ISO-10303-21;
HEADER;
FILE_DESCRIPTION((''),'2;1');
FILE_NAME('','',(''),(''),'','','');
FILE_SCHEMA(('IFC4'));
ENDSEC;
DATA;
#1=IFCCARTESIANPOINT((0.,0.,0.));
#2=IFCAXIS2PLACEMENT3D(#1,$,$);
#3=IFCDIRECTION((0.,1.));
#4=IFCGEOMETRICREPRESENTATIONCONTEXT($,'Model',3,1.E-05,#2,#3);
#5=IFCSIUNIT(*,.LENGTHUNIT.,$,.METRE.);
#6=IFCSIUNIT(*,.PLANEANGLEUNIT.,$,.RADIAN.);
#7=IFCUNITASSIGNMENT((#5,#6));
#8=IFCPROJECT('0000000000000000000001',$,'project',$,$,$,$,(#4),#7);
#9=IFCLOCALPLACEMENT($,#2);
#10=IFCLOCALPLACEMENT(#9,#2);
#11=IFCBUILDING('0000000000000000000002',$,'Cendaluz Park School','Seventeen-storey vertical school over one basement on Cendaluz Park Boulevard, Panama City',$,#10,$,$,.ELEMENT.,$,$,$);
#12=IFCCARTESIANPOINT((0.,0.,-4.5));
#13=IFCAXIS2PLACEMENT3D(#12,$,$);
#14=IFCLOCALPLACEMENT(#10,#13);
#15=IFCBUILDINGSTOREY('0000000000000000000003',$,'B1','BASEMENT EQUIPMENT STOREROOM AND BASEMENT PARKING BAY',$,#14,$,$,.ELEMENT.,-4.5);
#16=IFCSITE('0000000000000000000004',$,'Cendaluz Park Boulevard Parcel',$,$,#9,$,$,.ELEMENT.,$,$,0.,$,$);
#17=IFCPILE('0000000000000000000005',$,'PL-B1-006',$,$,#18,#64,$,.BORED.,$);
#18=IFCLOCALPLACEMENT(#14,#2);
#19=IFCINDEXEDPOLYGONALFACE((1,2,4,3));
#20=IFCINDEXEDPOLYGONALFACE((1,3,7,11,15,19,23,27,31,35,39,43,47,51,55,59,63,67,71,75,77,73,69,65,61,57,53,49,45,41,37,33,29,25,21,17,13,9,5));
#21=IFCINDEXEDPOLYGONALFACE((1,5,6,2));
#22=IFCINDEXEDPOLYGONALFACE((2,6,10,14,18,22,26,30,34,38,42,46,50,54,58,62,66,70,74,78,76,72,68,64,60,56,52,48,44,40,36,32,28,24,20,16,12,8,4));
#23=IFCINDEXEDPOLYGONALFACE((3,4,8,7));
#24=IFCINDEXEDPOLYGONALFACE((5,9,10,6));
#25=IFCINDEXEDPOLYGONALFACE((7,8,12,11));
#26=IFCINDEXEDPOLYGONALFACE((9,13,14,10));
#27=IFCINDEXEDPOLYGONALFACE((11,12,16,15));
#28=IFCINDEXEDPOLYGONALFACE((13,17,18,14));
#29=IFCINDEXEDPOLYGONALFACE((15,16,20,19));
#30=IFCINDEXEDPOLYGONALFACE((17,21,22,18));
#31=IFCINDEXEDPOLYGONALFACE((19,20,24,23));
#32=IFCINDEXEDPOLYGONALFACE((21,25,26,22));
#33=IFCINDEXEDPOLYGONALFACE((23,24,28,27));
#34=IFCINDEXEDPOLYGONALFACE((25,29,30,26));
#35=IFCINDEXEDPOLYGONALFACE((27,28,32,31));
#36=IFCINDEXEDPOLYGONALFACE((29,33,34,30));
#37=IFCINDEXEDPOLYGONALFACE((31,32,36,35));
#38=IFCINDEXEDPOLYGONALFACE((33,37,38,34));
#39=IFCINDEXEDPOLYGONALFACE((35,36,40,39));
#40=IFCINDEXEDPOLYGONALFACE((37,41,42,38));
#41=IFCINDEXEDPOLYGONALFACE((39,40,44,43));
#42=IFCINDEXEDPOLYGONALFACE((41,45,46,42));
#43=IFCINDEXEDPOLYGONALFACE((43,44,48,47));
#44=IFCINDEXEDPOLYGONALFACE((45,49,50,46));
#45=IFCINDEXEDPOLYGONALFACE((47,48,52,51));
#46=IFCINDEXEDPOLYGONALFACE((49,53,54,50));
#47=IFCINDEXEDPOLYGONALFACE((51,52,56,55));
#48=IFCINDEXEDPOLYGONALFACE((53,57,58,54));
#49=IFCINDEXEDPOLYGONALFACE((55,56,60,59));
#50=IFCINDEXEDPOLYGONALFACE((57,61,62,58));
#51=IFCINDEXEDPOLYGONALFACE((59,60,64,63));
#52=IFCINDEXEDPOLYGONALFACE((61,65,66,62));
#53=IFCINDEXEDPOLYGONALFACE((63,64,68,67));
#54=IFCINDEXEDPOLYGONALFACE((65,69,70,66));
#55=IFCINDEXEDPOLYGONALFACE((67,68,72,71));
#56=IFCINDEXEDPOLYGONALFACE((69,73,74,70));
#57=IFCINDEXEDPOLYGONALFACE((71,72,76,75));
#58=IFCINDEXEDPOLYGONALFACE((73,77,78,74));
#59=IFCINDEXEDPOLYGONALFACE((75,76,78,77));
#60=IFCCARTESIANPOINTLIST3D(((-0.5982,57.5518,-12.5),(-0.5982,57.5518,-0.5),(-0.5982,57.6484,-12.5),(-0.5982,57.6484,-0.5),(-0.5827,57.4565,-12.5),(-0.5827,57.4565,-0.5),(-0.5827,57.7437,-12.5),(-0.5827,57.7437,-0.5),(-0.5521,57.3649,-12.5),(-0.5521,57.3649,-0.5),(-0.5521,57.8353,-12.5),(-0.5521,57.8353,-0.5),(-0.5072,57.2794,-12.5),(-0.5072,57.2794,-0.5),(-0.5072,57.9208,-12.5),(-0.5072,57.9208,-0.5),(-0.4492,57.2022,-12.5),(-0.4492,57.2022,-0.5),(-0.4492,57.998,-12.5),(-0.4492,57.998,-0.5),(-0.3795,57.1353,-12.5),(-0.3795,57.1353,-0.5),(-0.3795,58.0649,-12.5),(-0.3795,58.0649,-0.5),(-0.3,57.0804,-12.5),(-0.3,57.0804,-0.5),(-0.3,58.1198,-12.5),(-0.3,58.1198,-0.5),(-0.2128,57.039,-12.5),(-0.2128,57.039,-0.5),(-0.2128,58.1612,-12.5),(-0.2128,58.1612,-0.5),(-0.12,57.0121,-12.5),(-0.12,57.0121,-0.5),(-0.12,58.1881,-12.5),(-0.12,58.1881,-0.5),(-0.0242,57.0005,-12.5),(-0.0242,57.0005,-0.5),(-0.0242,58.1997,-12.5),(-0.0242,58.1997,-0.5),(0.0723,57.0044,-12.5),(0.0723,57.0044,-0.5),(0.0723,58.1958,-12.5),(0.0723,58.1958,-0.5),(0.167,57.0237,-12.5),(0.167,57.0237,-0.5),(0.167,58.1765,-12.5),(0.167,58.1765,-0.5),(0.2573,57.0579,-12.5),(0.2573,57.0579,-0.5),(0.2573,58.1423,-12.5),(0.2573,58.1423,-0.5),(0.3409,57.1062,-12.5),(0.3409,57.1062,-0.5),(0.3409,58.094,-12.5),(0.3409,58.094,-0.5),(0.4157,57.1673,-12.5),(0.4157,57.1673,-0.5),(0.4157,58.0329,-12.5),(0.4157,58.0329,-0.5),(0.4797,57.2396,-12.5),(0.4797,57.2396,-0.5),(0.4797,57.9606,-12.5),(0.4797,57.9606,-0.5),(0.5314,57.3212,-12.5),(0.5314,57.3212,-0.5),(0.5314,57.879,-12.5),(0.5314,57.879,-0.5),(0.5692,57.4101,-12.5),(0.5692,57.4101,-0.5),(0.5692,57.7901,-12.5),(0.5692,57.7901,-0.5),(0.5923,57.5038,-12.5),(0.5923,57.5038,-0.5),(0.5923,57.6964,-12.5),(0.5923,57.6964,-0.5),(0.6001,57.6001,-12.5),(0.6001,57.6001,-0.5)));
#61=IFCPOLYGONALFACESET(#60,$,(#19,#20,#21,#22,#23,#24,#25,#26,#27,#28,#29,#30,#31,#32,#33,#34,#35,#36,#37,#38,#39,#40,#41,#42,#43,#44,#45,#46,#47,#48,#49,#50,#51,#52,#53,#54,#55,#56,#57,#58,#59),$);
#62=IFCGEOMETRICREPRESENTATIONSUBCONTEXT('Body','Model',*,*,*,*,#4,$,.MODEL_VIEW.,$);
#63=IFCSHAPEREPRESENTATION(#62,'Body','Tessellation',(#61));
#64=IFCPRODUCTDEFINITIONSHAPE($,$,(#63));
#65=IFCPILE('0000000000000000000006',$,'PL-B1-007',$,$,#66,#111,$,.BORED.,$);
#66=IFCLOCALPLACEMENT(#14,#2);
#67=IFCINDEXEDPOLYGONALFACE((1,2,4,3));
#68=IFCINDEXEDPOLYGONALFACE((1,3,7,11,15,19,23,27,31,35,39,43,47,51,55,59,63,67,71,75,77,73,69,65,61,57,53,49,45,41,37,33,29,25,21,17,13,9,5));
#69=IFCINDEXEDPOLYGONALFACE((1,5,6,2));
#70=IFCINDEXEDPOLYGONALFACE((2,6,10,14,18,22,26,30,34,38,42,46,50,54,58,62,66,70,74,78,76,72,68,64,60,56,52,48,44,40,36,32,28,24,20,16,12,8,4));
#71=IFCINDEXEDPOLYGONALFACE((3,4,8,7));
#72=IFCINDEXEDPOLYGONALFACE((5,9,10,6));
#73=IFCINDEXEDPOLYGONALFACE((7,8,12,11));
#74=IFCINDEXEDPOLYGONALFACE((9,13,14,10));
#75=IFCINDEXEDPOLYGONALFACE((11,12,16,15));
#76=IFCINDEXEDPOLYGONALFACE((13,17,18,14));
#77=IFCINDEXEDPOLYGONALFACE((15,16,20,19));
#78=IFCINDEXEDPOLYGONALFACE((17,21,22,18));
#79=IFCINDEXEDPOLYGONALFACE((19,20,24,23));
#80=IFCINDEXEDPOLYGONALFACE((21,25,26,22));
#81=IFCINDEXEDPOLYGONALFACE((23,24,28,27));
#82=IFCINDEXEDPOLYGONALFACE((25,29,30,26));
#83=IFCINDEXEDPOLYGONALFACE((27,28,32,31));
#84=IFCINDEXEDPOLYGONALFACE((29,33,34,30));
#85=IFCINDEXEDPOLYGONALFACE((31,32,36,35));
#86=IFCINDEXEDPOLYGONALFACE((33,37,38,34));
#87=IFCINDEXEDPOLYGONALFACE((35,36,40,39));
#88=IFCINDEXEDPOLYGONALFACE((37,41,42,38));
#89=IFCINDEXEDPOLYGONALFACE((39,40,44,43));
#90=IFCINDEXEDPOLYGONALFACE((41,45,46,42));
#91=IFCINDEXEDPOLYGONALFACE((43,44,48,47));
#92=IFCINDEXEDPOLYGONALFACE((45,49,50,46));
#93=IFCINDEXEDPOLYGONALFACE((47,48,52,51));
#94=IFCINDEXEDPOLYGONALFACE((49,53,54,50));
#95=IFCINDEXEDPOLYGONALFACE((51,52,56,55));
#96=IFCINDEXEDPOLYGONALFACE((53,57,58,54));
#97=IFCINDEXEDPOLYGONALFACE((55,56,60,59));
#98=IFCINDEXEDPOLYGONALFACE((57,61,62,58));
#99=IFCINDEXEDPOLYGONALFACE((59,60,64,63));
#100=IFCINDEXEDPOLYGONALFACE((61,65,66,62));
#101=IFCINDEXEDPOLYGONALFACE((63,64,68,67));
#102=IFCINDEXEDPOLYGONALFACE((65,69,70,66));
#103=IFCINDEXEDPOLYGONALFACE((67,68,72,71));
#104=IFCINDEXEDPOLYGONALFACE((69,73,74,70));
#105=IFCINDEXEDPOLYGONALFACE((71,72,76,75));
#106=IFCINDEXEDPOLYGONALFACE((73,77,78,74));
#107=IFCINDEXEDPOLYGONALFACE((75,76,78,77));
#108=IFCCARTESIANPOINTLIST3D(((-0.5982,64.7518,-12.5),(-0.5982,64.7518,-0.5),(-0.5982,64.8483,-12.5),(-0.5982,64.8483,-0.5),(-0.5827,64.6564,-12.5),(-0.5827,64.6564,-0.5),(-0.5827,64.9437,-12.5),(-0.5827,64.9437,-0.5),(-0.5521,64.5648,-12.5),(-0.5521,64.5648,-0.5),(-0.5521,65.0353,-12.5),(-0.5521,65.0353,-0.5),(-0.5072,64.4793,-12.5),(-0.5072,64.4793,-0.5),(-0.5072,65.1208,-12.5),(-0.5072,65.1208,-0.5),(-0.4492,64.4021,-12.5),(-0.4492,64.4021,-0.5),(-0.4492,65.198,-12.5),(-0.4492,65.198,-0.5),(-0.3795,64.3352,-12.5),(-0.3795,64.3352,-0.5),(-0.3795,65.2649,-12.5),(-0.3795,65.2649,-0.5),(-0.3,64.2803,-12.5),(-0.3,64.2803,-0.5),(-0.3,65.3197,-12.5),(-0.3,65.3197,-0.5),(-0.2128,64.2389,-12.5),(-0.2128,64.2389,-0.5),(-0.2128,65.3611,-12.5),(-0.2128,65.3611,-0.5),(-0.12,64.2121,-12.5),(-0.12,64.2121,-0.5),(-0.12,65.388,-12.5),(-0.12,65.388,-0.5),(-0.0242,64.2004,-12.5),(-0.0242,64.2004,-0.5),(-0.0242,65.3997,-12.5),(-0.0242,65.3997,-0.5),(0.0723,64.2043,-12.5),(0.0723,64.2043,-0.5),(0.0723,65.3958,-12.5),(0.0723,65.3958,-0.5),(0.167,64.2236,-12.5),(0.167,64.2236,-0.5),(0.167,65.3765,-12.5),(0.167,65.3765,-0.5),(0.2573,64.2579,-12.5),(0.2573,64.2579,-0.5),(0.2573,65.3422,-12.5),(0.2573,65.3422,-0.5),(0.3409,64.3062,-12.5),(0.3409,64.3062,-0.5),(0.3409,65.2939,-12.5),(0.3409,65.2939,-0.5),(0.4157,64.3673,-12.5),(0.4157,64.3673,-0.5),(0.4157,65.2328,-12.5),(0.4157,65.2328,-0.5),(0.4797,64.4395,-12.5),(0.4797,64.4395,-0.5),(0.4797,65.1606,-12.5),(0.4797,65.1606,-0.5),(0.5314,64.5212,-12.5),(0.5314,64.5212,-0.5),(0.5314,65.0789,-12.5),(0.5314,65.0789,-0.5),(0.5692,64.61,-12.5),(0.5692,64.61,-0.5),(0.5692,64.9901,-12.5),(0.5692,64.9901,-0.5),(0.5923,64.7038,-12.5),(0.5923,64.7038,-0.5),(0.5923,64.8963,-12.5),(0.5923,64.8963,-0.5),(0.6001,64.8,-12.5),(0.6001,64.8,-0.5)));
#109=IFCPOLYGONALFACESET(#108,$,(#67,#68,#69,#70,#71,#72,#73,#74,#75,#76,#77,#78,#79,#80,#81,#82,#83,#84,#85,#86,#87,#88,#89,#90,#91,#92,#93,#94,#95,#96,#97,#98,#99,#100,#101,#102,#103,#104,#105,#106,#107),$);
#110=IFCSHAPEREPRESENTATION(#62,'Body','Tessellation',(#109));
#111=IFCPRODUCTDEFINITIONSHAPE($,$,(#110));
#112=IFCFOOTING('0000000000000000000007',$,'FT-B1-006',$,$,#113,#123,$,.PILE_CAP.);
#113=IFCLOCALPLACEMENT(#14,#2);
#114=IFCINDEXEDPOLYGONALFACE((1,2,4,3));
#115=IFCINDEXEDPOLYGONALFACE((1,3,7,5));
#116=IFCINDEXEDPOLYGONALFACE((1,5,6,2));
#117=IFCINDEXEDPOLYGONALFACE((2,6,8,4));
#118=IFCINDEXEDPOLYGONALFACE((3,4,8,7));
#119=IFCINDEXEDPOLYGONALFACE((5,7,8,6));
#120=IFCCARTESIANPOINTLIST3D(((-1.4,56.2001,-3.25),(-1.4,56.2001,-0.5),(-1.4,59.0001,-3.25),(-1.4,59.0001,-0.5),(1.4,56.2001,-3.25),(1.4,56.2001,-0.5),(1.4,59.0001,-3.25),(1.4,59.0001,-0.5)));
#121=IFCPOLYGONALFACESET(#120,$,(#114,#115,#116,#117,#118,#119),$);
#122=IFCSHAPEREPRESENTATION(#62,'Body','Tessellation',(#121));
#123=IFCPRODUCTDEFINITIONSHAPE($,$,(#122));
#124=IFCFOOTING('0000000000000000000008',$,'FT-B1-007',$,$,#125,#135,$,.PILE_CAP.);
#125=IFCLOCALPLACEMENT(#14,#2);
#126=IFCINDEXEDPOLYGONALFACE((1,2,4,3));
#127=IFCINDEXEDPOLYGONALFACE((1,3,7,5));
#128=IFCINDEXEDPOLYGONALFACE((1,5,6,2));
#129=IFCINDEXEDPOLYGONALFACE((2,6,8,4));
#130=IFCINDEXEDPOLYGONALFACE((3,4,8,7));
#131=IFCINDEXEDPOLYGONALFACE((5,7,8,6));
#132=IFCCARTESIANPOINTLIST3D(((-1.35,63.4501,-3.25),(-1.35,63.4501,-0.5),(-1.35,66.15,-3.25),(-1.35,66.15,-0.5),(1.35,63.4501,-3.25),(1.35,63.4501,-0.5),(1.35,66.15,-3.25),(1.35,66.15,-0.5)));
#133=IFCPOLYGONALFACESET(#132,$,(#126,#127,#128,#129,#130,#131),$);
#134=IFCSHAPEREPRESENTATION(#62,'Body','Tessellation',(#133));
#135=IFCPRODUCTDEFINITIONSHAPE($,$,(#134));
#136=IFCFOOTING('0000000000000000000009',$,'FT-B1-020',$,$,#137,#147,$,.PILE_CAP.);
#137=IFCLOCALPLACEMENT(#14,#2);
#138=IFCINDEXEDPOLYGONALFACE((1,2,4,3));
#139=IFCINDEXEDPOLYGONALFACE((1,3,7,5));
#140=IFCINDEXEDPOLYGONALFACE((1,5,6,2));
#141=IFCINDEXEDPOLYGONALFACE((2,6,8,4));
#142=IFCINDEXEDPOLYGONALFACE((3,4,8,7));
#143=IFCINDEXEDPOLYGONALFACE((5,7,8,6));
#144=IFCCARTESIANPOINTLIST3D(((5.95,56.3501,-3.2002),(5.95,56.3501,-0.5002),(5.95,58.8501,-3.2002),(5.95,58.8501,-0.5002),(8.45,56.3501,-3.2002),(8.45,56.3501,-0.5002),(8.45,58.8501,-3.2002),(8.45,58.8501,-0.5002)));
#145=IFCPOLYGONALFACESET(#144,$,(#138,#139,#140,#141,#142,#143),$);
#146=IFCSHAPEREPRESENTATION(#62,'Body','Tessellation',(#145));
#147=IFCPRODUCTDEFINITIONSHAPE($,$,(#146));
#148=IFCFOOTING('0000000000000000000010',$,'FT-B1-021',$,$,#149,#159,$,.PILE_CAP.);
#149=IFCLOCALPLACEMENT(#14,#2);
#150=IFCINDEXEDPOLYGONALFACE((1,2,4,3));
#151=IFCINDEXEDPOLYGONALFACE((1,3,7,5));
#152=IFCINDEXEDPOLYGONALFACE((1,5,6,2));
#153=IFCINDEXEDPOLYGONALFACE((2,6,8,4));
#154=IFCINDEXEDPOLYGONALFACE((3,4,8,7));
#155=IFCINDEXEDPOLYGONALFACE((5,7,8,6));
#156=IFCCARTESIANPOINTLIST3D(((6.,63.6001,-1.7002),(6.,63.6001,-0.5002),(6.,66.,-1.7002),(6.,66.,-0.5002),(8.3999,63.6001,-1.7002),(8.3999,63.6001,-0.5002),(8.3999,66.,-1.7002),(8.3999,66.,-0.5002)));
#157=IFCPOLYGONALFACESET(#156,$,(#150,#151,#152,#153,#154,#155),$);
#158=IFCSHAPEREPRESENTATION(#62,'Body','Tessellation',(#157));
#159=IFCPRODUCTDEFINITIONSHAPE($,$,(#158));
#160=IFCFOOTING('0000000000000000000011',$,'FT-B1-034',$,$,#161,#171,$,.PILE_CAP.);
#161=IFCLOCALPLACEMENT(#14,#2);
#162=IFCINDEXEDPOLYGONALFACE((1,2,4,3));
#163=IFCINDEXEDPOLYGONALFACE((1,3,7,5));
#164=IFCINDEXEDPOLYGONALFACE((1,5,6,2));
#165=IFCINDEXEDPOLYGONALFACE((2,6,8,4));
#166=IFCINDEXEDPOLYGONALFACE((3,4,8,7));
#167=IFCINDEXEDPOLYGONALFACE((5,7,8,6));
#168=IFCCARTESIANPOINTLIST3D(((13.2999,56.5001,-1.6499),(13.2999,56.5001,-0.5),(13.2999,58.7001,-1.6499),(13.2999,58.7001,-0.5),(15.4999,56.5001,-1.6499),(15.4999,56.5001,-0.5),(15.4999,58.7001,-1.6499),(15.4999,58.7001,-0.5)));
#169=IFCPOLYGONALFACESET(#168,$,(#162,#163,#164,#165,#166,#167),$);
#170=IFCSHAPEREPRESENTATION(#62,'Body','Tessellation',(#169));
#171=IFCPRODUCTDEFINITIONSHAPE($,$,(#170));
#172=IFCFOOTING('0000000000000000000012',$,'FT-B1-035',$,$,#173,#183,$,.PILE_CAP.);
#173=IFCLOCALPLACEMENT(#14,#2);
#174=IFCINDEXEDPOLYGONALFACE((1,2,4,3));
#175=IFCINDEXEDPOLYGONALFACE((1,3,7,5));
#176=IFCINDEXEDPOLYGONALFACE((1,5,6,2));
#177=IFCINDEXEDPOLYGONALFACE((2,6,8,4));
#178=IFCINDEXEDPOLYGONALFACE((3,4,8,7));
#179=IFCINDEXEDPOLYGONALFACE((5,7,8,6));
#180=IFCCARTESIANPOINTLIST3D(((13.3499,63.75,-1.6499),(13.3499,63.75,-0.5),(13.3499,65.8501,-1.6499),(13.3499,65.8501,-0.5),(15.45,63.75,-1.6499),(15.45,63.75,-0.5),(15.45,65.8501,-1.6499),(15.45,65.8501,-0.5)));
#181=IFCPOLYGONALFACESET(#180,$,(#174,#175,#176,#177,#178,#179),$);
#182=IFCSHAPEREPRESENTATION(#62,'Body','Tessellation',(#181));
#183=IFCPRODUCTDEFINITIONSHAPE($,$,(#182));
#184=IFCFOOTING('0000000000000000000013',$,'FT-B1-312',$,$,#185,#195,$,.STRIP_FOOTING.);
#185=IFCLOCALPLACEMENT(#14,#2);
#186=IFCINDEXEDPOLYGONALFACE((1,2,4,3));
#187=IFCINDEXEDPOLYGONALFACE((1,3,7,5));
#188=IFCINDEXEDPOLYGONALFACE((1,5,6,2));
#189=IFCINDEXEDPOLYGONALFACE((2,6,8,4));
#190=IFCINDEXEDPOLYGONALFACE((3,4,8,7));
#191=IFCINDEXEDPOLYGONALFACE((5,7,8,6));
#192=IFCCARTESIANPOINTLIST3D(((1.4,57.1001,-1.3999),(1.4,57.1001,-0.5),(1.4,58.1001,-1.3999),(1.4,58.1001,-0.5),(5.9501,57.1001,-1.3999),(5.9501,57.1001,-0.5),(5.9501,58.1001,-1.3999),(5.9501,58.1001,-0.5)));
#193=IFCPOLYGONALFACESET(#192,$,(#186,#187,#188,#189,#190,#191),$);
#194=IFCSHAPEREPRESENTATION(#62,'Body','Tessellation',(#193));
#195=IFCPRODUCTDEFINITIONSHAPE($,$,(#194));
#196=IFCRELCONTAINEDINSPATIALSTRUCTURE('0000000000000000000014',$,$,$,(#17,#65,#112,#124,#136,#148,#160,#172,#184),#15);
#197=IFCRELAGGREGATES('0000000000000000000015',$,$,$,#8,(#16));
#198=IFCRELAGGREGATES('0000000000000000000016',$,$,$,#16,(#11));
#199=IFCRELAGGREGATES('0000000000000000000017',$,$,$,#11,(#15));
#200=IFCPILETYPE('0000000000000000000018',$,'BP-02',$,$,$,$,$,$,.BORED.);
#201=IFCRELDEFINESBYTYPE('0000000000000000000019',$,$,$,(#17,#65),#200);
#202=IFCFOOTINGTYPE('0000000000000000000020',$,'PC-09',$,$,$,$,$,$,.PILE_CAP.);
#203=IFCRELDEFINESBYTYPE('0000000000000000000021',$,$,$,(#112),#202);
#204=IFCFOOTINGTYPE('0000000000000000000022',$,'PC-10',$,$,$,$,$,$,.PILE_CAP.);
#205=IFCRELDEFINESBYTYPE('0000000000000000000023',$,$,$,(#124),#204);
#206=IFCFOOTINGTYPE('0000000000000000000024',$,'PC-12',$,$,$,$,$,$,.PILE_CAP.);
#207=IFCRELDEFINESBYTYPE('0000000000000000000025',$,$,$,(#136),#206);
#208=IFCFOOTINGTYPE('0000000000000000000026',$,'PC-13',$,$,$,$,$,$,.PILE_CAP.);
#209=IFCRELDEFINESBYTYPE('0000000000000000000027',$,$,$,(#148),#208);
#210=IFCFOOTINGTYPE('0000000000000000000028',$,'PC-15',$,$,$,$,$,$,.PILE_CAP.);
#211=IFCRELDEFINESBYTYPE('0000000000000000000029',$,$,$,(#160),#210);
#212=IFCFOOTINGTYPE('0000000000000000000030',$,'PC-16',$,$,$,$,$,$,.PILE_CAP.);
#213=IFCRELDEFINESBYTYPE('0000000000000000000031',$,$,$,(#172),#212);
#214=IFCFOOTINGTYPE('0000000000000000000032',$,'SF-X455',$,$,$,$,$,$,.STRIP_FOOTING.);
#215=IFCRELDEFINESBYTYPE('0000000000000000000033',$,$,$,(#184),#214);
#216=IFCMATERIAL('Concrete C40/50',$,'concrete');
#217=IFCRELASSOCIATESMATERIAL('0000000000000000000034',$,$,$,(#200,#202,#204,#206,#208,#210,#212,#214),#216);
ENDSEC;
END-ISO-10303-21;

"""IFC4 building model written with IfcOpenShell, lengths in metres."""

from ifc_helpers import new_model, si_unit, direction, frame, origin, origin_2d, place, context, subcontext, project, spatial, rectangle, circle, extrude, material, material_profile, profile_set, type_object, element, save


model = new_model("IFC4")

# Units and contexts
model_context = context("Model", 3, precision=1e-05, world=origin(), true_north=direction((0.0, 1.0)))
body_context = subcontext(model_context, "Body", "Model", "MODEL_VIEW")
ifc_project = project(units=[si_unit("LENGTHUNIT", "METRE"), si_unit("PLANEANGLEUNIT", "RADIAN")], contexts=[model_context])

# Site, building, storey
site_placement = place(None, origin())
site = spatial("IfcSite", under=ifc_project, at=site_placement, Name="Cendaluz Park Boulevard Parcel", CompositionType="ELEMENT", RefElevation=0.0)
building_placement = place(site_placement, origin())
building = spatial("IfcBuilding", under=site, at=building_placement, Name="Cendaluz Park School", Description="Seventeen-storey vertical school over one basement on Cendaluz Park Boulevard, Panama City", CompositionType="ELEMENT")
storey_placement = place(building_placement, frame((0.0, 0.0, -4.5)))
storey = spatial("IfcBuildingStorey", under=building, at=storey_placement, Name="B1", Description="BASEMENT EQUIPMENT STOREROOM AND BASEMENT PARKING BAY", CompositionType="ELEMENT", Elevation=-4.5)

# Piles
ifc_material_1 = material(Name="Concrete C40/50", Category="concrete")
ifc_material_profile_1 = material_profile(ifc_material_1, circle(Radius=0.6001, at=origin_2d()), Name="BP D1200", Category="concrete")
ifc_profile_set_1 = profile_set([ifc_material_profile_1], Name="Concrete C40/50")
pile_type_1 = type_object("IfcPileType", Name="BP-02", PredefinedType="BORED", material=ifc_profile_set_1)
for number, where, z_axis, x_axis, name in (
    (1, (0.0, 57.6001, -0.5), (0.0, 0.0, -1.0), (1.0, 0.0, 0.0), "PL-B1-006"),
    (2, (0.0, 64.8, -0.5), (0.0, 0.0, -1.0), (1.0, 0.0, 0.0), "PL-B1-007"),
):
    element("IfcPile", number, at=place(storey_placement, frame(where, z_axis=z_axis, x_axis=x_axis)), inside=storey, type_object=pile_type_1, Name=name, PredefinedType="BORED", context=body_context, shape_type="SweptSolid", body=[
        extrude(circle(Radius=0.6001, at=origin_2d()), origin(), (0.0, 0.0, 1.0), 12.0),
    ])

# Footings
footing_type_1 = type_object("IfcFootingType", Name="PC-09", PredefinedType="PILE_CAP", material=ifc_material_1)
footing_1_placement = place(storey_placement, frame((0.0, 57.6001, -3.25), z_axis=(0.0, 0.0, 1.0), x_axis=(1.0, 0.0, 0.0)))
element("IfcFooting", 3, at=footing_1_placement, inside=storey, type_object=footing_type_1, Name="FT-B1-006", PredefinedType="PILE_CAP", context=body_context, shape_type="SweptSolid", body=[
    extrude(rectangle(XDim=2.8, YDim=2.8, at=origin_2d()), origin(), (0.0, 0.0, 1.0), 2.75),
])
footing_type_2 = type_object("IfcFootingType", Name="PC-10", PredefinedType="PILE_CAP", material=ifc_material_1)
footing_2_placement = place(storey_placement, frame((0.0, 64.8, -3.25), z_axis=(0.0, 0.0, 1.0), x_axis=(1.0, 0.0, 0.0)))
element("IfcFooting", 4, at=footing_2_placement, inside=storey, type_object=footing_type_2, Name="FT-B1-007", PredefinedType="PILE_CAP", context=body_context, shape_type="SweptSolid", body=[
    extrude(rectangle(XDim=2.7, YDim=2.7, at=origin_2d()), origin(), (0.0, 0.0, 1.0), 2.75),
])
footing_type_3 = type_object("IfcFootingType", Name="PC-12", PredefinedType="PILE_CAP", material=ifc_material_1)
footing_3_placement = place(storey_placement, frame((7.2, 57.6001, -3.2002), z_axis=(0.0, 0.0, 1.0), x_axis=(1.0, 0.0, 0.0)))
element("IfcFooting", 5, at=footing_3_placement, inside=storey, type_object=footing_type_3, Name="FT-B1-020", PredefinedType="PILE_CAP", context=body_context, shape_type="SweptSolid", body=[
    extrude(rectangle(XDim=2.5, YDim=2.5, at=origin_2d()), origin(), (0.0, 0.0, 1.0), 2.7),
])
footing_type_4 = type_object("IfcFootingType", Name="PC-13", PredefinedType="PILE_CAP", material=ifc_material_1)
footing_4_placement = place(storey_placement, frame((7.2, 64.8, -1.7002), z_axis=(0.0, 0.0, 1.0), x_axis=(1.0, 0.0, 0.0)))
element("IfcFooting", 6, at=footing_4_placement, inside=storey, type_object=footing_type_4, Name="FT-B1-021", PredefinedType="PILE_CAP", context=body_context, shape_type="SweptSolid", body=[
    extrude(rectangle(XDim=2.3999, YDim=2.3999, at=origin_2d()), origin(), (0.0, 0.0, 1.0), 1.2),
])
footing_type_5 = type_object("IfcFootingType", Name="PC-15", PredefinedType="PILE_CAP", material=ifc_material_1)
footing_5_placement = place(storey_placement, frame((14.3999, 57.6001, -1.6499), z_axis=(0.0, 0.0, 1.0), x_axis=(1.0, 0.0, 0.0)))
element("IfcFooting", 7, at=footing_5_placement, inside=storey, type_object=footing_type_5, Name="FT-B1-034", PredefinedType="PILE_CAP", context=body_context, shape_type="SweptSolid", body=[
    extrude(rectangle(XDim=2.2, YDim=2.2, at=origin_2d()), origin(), (0.0, 0.0, 1.0), 1.1499),
])
footing_type_6 = type_object("IfcFootingType", Name="PC-16", PredefinedType="PILE_CAP", material=ifc_material_1)
footing_6_placement = place(storey_placement, frame((14.3999, 64.8, -1.6499), z_axis=(0.0, 0.0, 1.0), x_axis=(1.0, 0.0, 0.0)))
element("IfcFooting", 8, at=footing_6_placement, inside=storey, type_object=footing_type_6, Name="FT-B1-035", PredefinedType="PILE_CAP", context=body_context, shape_type="SweptSolid", body=[
    extrude(rectangle(XDim=2.1001, YDim=2.1001, at=origin_2d()), origin(), (0.0, 0.0, 1.0), 1.1499),
])
footing_type_7 = type_object("IfcFootingType", Name="SF-X455", PredefinedType="STRIP_FOOTING", material=ifc_material_1)
footing_7_placement = place(storey_placement, frame((3.675, 57.6001, -1.3999), z_axis=(0.0, 0.0, 1.0), x_axis=(1.0, 0.0, 0.0)))
element("IfcFooting", 9, at=footing_7_placement, inside=storey, type_object=footing_type_7, Name="FT-B1-312", PredefinedType="STRIP_FOOTING", context=body_context, shape_type="SweptSolid", body=[
    extrude(rectangle(XDim=4.55, YDim=1.0, at=origin_2d()), origin(), (0.0, 0.0, 1.0), 0.8999),
])

save(model, "model.ifc")
